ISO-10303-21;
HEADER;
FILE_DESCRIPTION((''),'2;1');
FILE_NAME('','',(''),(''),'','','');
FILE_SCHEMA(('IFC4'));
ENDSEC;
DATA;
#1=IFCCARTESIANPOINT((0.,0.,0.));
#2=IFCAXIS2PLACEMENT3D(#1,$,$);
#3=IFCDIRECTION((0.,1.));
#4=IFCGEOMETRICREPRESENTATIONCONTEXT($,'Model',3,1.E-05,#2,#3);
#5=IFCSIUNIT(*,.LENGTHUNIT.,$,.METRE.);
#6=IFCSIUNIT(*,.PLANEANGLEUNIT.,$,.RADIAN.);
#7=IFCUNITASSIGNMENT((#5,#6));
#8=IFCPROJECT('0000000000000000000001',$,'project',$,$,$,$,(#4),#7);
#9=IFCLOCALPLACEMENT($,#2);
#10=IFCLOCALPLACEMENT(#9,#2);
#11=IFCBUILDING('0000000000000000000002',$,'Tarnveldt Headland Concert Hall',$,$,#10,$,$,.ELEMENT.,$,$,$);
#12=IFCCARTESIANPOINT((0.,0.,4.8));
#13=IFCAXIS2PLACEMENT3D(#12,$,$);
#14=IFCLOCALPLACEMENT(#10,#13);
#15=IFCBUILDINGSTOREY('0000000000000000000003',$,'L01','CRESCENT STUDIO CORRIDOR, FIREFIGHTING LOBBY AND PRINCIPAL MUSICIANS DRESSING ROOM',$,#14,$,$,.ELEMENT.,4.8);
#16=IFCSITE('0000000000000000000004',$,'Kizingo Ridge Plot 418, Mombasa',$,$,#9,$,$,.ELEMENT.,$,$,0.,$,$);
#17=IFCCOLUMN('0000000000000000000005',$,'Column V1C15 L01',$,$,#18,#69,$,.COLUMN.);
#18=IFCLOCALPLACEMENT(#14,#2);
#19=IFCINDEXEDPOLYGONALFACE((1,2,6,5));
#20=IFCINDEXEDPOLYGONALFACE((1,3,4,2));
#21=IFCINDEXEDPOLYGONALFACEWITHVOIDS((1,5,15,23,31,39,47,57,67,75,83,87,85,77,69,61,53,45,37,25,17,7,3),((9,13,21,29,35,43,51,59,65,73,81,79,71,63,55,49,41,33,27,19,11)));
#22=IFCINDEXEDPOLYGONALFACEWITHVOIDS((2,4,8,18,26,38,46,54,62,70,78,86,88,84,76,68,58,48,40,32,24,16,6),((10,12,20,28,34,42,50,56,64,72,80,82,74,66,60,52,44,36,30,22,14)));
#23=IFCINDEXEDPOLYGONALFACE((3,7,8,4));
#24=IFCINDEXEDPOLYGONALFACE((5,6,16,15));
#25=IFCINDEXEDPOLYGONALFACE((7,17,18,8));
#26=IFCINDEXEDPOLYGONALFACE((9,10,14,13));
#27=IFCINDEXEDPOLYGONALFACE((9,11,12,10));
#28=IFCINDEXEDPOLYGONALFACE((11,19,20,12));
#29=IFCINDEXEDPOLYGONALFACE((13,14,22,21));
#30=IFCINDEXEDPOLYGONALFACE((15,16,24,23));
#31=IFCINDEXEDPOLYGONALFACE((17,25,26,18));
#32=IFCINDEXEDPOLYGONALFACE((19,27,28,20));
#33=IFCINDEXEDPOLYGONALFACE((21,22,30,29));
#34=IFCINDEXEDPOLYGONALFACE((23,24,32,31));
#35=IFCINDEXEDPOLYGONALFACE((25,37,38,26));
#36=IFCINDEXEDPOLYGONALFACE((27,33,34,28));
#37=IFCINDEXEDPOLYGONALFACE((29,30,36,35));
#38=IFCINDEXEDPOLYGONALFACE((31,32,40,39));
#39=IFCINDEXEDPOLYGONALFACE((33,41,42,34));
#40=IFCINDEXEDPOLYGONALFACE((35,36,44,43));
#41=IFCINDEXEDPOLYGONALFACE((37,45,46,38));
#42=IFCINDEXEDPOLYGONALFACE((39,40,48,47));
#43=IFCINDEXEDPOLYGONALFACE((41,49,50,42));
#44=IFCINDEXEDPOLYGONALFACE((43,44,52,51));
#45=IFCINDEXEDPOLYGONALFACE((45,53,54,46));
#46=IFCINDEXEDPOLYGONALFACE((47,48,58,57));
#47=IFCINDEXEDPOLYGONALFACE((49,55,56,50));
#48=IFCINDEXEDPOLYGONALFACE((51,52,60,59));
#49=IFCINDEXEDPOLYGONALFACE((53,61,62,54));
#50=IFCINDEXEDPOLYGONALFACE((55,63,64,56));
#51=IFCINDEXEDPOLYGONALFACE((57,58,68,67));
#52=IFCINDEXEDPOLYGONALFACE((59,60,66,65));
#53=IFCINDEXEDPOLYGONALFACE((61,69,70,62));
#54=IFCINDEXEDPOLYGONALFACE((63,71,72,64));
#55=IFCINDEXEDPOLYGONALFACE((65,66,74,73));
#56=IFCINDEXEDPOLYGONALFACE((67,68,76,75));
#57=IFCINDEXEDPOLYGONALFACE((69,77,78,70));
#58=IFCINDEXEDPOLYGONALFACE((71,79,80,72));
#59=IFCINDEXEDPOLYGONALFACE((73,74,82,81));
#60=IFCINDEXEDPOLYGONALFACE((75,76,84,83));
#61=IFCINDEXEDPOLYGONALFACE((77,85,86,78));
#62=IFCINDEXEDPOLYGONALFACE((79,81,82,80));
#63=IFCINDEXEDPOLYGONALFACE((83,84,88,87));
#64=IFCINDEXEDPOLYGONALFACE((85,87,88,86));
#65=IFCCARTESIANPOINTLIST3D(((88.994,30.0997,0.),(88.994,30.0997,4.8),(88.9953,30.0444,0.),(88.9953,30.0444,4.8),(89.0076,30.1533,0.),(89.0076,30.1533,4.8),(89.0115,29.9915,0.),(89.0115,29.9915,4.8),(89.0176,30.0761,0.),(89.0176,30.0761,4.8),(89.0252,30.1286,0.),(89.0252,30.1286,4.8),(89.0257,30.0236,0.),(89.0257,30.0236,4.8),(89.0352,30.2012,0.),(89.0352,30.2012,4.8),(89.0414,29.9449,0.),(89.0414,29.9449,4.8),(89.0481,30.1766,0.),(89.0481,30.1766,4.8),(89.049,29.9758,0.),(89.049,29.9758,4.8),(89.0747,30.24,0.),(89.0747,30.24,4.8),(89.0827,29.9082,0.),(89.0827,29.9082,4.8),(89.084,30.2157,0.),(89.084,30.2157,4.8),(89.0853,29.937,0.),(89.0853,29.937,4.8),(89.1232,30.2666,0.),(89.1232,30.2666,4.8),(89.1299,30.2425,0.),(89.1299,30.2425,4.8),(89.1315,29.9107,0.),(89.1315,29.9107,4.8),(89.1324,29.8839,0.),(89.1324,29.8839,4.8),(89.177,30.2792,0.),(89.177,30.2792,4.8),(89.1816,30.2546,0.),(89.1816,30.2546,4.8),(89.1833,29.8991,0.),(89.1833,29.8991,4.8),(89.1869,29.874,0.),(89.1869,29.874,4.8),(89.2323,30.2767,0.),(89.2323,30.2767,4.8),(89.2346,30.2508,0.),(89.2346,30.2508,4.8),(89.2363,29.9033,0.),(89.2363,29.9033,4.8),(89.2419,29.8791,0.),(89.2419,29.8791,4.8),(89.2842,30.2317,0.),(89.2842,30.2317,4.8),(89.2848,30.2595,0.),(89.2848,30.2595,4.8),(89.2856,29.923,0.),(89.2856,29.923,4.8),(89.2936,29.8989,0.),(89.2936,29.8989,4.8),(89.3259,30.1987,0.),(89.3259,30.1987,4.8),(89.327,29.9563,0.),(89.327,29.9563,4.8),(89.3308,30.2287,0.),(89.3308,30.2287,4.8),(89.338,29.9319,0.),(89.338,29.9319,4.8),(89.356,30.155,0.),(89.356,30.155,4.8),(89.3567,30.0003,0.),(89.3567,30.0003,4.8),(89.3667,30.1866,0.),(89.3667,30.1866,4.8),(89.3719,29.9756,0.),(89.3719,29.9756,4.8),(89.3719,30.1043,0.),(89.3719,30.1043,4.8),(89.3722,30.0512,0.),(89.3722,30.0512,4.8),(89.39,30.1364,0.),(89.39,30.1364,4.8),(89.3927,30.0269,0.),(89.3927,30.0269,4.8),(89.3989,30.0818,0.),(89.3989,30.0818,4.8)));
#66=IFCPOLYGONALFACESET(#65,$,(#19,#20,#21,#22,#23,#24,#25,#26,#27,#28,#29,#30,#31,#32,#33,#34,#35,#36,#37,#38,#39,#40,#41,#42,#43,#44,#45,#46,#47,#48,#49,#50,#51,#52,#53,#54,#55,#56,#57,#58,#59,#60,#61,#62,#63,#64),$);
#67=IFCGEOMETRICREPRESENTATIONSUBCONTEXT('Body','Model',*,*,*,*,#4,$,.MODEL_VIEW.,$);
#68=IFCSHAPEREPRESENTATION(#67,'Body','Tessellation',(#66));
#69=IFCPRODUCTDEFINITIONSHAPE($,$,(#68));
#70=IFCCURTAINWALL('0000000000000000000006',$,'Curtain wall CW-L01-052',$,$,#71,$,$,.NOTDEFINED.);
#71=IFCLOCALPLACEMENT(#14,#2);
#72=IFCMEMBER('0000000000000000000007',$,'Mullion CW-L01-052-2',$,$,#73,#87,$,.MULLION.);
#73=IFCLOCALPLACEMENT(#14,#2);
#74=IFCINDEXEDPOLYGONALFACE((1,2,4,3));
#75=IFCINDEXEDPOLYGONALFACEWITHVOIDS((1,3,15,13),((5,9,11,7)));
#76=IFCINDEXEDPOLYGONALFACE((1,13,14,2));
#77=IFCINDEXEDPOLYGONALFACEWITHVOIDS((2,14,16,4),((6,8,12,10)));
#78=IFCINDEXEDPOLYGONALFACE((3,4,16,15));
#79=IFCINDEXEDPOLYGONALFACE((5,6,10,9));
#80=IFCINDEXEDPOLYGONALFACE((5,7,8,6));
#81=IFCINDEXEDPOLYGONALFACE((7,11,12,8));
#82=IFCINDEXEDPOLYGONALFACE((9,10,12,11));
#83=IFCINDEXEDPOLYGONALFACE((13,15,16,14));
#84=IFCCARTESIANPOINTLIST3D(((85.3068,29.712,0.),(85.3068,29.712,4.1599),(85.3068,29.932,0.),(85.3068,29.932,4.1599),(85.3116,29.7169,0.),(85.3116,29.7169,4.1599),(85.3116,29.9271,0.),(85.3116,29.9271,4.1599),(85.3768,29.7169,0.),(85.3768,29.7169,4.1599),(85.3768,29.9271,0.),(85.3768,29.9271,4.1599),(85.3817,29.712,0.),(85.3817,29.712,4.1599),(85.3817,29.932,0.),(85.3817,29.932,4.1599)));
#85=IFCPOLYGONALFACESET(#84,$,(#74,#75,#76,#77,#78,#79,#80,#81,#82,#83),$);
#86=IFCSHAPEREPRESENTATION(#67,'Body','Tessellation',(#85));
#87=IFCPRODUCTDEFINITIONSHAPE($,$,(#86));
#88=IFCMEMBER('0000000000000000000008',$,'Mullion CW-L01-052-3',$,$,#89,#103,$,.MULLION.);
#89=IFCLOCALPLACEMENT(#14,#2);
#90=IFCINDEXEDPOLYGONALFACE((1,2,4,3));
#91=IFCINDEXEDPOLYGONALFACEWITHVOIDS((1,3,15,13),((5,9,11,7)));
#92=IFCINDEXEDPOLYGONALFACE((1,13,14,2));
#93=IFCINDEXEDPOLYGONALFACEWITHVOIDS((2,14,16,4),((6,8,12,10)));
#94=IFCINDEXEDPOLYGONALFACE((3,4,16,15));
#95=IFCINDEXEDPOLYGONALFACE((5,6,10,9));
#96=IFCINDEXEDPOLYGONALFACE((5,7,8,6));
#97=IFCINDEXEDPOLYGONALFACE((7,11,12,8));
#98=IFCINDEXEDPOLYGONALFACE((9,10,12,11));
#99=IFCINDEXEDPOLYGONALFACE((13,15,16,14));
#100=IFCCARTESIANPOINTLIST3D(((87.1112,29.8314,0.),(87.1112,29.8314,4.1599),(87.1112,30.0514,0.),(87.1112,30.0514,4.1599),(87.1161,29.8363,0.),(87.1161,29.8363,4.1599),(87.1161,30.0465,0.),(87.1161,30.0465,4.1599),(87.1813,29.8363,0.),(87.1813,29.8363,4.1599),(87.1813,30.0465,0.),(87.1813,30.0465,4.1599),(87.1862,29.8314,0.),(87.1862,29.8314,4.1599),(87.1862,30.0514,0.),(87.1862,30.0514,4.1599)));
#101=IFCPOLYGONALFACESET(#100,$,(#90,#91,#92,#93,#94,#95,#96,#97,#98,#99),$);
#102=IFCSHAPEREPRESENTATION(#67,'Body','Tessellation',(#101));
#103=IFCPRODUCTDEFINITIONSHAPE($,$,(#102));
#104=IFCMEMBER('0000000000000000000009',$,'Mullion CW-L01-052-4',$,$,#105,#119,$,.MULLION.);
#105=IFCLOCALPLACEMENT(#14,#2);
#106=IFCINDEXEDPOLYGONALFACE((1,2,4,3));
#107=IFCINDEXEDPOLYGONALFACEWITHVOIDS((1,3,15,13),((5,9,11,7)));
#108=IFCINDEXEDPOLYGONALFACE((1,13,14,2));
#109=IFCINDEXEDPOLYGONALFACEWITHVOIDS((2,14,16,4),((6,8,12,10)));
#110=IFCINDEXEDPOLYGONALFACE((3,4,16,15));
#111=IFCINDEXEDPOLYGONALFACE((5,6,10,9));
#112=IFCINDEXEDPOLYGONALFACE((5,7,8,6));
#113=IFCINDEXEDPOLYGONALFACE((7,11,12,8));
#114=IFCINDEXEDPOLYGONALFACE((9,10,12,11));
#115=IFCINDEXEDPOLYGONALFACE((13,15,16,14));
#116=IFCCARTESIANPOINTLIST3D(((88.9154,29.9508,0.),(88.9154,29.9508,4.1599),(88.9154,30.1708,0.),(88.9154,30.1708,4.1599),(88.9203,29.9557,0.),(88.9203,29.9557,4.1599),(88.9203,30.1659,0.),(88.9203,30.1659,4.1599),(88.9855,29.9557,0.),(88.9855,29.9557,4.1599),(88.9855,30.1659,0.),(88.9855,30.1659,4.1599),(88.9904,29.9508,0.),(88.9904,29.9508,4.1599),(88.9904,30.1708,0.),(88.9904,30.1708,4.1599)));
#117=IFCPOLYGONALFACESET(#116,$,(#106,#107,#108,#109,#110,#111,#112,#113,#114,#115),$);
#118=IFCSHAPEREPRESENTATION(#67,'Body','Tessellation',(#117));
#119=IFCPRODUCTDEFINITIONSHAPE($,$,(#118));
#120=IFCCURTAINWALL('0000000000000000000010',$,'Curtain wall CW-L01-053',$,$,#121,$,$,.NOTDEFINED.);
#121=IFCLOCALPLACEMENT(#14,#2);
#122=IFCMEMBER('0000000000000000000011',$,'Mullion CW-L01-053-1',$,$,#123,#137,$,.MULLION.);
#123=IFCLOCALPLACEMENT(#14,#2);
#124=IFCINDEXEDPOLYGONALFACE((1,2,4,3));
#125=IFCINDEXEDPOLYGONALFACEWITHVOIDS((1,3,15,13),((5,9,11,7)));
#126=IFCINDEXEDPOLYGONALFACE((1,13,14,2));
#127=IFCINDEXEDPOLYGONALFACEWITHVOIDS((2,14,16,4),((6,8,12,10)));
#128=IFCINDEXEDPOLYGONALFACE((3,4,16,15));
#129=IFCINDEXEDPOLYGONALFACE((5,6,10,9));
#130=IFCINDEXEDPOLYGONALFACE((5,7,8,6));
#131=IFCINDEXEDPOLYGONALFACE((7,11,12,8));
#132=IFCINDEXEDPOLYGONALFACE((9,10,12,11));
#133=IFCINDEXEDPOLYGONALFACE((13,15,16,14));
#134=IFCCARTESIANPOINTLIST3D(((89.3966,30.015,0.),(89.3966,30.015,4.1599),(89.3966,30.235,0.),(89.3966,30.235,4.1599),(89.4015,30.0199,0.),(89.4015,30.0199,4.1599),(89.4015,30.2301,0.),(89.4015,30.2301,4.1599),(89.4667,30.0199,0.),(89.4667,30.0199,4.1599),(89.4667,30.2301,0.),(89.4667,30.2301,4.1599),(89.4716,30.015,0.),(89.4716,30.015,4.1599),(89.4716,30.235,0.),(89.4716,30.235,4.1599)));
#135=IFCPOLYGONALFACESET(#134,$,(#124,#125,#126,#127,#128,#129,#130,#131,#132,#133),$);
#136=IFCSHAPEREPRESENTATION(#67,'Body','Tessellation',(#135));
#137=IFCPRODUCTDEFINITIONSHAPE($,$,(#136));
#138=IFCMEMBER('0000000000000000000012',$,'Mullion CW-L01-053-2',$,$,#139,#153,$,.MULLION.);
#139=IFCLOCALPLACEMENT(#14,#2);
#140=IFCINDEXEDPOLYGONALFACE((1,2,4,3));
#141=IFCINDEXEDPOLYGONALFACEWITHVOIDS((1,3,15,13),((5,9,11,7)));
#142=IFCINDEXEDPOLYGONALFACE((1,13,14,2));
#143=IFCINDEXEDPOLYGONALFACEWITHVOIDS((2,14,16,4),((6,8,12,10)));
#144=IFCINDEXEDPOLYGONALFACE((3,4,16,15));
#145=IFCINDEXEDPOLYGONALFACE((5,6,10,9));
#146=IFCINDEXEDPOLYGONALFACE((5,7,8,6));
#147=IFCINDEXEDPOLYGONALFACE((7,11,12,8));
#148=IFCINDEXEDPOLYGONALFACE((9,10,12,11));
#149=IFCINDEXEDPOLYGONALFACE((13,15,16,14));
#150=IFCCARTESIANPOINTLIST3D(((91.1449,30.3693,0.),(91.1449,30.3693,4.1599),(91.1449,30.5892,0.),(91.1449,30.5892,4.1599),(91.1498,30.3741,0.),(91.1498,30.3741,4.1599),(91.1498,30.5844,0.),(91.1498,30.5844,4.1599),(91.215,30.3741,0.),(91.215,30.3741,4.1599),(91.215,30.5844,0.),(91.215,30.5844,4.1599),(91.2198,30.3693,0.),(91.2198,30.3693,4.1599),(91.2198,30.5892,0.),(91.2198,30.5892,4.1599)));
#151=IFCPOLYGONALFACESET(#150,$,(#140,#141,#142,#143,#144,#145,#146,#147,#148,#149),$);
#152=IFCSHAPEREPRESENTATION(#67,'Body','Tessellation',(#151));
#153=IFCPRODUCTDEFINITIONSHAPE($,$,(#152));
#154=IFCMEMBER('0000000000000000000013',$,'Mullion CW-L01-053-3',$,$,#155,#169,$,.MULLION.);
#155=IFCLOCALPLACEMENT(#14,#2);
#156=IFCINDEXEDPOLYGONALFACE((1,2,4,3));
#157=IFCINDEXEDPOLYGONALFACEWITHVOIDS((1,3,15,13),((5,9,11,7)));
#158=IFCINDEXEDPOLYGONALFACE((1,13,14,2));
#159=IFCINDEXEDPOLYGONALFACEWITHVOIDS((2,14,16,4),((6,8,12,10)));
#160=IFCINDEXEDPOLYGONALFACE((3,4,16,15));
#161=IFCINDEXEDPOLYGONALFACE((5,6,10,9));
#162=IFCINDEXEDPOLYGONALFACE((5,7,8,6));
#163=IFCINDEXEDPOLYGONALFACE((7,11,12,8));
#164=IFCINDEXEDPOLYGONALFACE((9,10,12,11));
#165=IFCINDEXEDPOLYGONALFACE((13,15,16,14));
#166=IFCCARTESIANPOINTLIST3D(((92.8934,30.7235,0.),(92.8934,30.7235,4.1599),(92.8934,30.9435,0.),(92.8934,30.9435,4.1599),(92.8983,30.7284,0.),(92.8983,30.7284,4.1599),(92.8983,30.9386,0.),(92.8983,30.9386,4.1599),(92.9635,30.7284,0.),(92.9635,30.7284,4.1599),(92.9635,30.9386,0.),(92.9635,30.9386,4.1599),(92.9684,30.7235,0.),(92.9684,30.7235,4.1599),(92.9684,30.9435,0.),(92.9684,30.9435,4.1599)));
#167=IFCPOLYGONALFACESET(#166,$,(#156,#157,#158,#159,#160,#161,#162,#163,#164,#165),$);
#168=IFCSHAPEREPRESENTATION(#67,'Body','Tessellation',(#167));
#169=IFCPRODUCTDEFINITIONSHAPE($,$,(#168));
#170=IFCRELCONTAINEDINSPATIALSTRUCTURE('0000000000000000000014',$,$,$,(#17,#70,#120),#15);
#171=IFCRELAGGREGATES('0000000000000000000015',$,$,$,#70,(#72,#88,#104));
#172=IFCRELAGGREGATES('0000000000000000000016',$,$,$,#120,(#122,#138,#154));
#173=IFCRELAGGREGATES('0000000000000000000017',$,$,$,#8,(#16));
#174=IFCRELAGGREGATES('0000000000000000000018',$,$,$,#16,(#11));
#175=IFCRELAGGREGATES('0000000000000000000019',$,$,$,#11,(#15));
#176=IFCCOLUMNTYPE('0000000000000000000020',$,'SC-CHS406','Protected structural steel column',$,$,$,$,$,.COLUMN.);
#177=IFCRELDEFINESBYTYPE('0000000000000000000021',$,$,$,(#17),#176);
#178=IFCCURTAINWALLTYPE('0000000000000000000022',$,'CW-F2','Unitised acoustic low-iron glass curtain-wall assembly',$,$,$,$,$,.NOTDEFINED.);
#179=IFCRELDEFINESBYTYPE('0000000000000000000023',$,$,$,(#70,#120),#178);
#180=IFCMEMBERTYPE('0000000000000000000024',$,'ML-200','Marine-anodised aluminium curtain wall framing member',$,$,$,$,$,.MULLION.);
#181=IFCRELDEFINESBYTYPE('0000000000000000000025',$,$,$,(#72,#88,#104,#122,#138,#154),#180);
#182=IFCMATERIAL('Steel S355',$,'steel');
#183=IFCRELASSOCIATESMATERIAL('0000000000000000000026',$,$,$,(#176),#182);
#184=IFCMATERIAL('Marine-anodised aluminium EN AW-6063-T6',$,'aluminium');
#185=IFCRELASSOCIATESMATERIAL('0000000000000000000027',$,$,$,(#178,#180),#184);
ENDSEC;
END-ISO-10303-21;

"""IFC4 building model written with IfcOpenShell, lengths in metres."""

from ifc_helpers import new_model, si_unit, direction, frame, origin, origin_2d, place, context, subcontext, project, spatial, hollow_rectangle, hollow_circle, extrude, material, material_profile, profile_set, type_object, element, aggregate, save


model = new_model("IFC4")

# Units and contexts
model_context = context("Model", 3, precision=1e-05, world=origin(), true_north=direction((0.0, 1.0)))
body_context = subcontext(model_context, "Body", "Model", "MODEL_VIEW")
ifc_project = project(units=[si_unit("LENGTHUNIT", "METRE"), si_unit("PLANEANGLEUNIT", "RADIAN")], contexts=[model_context])

# Site, building, storey
site_placement = place(None, origin())
site = spatial("IfcSite", under=ifc_project, at=site_placement, Name="Kizingo Ridge Plot 418, Mombasa", CompositionType="ELEMENT", RefElevation=0.0)
building_placement = place(site_placement, origin())
building = spatial("IfcBuilding", under=site, at=building_placement, Name="Tarnveldt Headland Concert Hall", CompositionType="ELEMENT")
storey_placement = place(building_placement, frame((0.0, 0.0, 4.8)))
storey = spatial("IfcBuildingStorey", under=building, at=storey_placement, Name="L01", Description="CRESCENT STUDIO CORRIDOR, FIREFIGHTING LOBBY AND PRINCIPAL MUSICIANS DRESSING ROOM", CompositionType="ELEMENT", Elevation=4.8)

# Column
ifc_material_1 = material(Name="Steel S355", Category="steel")
ifc_material_profile_1 = material_profile(ifc_material_1, hollow_circle(Radius=0.2031, WallThickness=0.0249, at=origin_2d()), Name="CHS 406.4x25", Category="steel")
ifc_profile_set_1 = profile_set([ifc_material_profile_1], Name="Steel S355")
column_type = type_object("IfcColumnType", Name="SC-CHS406", Description="Protected structural steel column", PredefinedType="COLUMN", material=ifc_profile_set_1)
column_placement = place(storey_placement, frame((89.1958, 30.0769, 0.0), z_axis=(0.0, 0.0, 1.0), x_axis=(0.227161, -0.973857, 0.0)))
element("IfcColumn", 1, at=column_placement, inside=storey, type_object=column_type, Name="Column V1C15 L01", PredefinedType="COLUMN", context=body_context, shape_type="SweptSolid", body=[
    extrude(hollow_circle(Radius=0.2031, WallThickness=0.0249, at=origin_2d()), origin(), (0.0, 0.0, 1.0), 4.8),
])

# Curtain walls, members
ifc_material_2 = material(Name="Marine-anodised aluminium EN AW-6063-T6", Category="aluminium")
curtain_wall_type = type_object("IfcCurtainWallType", Name="CW-F2", Description="Unitised acoustic low-iron glass curtain-wall assembly", PredefinedType="NOTDEFINED", material=ifc_material_2)
curtain_wall_1_placement = place(storey_placement, origin())
curtain_wall_1 = element("IfcCurtainWall", 2, at=curtain_wall_1_placement, inside=storey, type_object=curtain_wall_type, Name="Curtain wall CW-L01-052", PredefinedType="NOTDEFINED")
ifc_material_profile_2 = material_profile(ifc_material_2, hollow_rectangle(XDim=0.075, YDim=0.22, WallThickness=0.0049, at=origin_2d()), Name="ALU MULLION 75x220x5", Category="aluminium")
ifc_profile_set_2 = profile_set([ifc_material_profile_2], Name="Marine-anodised aluminium EN AW-6063-T6")
member_type_1 = type_object("IfcMemberType", Name="ML-200", Description="Marine-anodised aluminium curtain wall framing member", PredefinedType="MULLION", material=ifc_profile_set_2)
member_1_placement = place(storey_placement, frame((85.3442, 29.822, 0.0), z_axis=(0.0, 0.0, 1.0), x_axis=(1.0, 0.0, 0.0)))
member_1 = element("IfcMember", 3, at=member_1_placement, type_object=member_type_1, Name="Mullion CW-L01-052-2", PredefinedType="MULLION", context=body_context, shape_type="SweptSolid", body=[
    extrude(hollow_rectangle(XDim=0.075, YDim=0.22, WallThickness=0.0049, at=origin_2d()), origin(), (0.0, 0.0, 1.0), 4.1599),
])
member_2_placement = place(storey_placement, frame((87.1487, 29.9414, 0.0), z_axis=(0.0, 0.0, 1.0), x_axis=(1.0, 0.0, 0.0)))
member_2 = element("IfcMember", 4, at=member_2_placement, type_object=member_type_1, Name="Mullion CW-L01-052-3", PredefinedType="MULLION", context=body_context, shape_type="SweptSolid", body=[
    extrude(hollow_rectangle(XDim=0.075, YDim=0.22, WallThickness=0.0049, at=origin_2d()), origin(), (0.0, 0.0, 1.0), 4.1599),
])
member_3_placement = place(storey_placement, frame((88.9529, 30.0608, 0.0), z_axis=(0.0, 0.0, 1.0), x_axis=(1.0, 0.0, 0.0)))
member_3 = element("IfcMember", 5, at=member_3_placement, type_object=member_type_1, Name="Mullion CW-L01-052-4", PredefinedType="MULLION", context=body_context, shape_type="SweptSolid", body=[
    extrude(hollow_rectangle(XDim=0.075, YDim=0.22, WallThickness=0.0049, at=origin_2d()), origin(), (0.0, 0.0, 1.0), 4.1599),
])
curtain_wall_2_placement = place(storey_placement, origin())
curtain_wall_2 = element("IfcCurtainWall", 6, at=curtain_wall_2_placement, inside=storey, type_object=curtain_wall_type, Name="Curtain wall CW-L01-053", PredefinedType="NOTDEFINED")
member_4_placement = place(storey_placement, frame((89.4341, 30.125, 0.0), z_axis=(0.0, 0.0, 1.0), x_axis=(1.0, 0.0, 0.0)))
member_4 = element("IfcMember", 7, at=member_4_placement, type_object=member_type_1, Name="Mullion CW-L01-053-1", PredefinedType="MULLION", context=body_context, shape_type="SweptSolid", body=[
    extrude(hollow_rectangle(XDim=0.075, YDim=0.22, WallThickness=0.0049, at=origin_2d()), origin(), (0.0, 0.0, 1.0), 4.1599),
])
member_5_placement = place(storey_placement, frame((91.1824, 30.4792, 0.0), z_axis=(0.0, 0.0, 1.0), x_axis=(1.0, 0.0, 0.0)))
member_5 = element("IfcMember", 8, at=member_5_placement, type_object=member_type_1, Name="Mullion CW-L01-053-2", PredefinedType="MULLION", context=body_context, shape_type="SweptSolid", body=[
    extrude(hollow_rectangle(XDim=0.075, YDim=0.22, WallThickness=0.0049, at=origin_2d()), origin(), (0.0, 0.0, 1.0), 4.1599),
])
member_6_placement = place(storey_placement, frame((92.9309, 30.8335, 0.0), z_axis=(0.0, 0.0, 1.0), x_axis=(1.0, 0.0, 0.0)))
member_6 = element("IfcMember", 9, at=member_6_placement, type_object=member_type_1, Name="Mullion CW-L01-053-3", PredefinedType="MULLION", context=body_context, shape_type="SweptSolid", body=[
    extrude(hollow_rectangle(XDim=0.075, YDim=0.22, WallThickness=0.0049, at=origin_2d()), origin(), (0.0, 0.0, 1.0), 4.1599),
])

aggregate(curtain_wall_1, [member_1, member_2, member_3])
aggregate(curtain_wall_2, [member_4, member_5, member_6])

save(model, "model.ifc")
